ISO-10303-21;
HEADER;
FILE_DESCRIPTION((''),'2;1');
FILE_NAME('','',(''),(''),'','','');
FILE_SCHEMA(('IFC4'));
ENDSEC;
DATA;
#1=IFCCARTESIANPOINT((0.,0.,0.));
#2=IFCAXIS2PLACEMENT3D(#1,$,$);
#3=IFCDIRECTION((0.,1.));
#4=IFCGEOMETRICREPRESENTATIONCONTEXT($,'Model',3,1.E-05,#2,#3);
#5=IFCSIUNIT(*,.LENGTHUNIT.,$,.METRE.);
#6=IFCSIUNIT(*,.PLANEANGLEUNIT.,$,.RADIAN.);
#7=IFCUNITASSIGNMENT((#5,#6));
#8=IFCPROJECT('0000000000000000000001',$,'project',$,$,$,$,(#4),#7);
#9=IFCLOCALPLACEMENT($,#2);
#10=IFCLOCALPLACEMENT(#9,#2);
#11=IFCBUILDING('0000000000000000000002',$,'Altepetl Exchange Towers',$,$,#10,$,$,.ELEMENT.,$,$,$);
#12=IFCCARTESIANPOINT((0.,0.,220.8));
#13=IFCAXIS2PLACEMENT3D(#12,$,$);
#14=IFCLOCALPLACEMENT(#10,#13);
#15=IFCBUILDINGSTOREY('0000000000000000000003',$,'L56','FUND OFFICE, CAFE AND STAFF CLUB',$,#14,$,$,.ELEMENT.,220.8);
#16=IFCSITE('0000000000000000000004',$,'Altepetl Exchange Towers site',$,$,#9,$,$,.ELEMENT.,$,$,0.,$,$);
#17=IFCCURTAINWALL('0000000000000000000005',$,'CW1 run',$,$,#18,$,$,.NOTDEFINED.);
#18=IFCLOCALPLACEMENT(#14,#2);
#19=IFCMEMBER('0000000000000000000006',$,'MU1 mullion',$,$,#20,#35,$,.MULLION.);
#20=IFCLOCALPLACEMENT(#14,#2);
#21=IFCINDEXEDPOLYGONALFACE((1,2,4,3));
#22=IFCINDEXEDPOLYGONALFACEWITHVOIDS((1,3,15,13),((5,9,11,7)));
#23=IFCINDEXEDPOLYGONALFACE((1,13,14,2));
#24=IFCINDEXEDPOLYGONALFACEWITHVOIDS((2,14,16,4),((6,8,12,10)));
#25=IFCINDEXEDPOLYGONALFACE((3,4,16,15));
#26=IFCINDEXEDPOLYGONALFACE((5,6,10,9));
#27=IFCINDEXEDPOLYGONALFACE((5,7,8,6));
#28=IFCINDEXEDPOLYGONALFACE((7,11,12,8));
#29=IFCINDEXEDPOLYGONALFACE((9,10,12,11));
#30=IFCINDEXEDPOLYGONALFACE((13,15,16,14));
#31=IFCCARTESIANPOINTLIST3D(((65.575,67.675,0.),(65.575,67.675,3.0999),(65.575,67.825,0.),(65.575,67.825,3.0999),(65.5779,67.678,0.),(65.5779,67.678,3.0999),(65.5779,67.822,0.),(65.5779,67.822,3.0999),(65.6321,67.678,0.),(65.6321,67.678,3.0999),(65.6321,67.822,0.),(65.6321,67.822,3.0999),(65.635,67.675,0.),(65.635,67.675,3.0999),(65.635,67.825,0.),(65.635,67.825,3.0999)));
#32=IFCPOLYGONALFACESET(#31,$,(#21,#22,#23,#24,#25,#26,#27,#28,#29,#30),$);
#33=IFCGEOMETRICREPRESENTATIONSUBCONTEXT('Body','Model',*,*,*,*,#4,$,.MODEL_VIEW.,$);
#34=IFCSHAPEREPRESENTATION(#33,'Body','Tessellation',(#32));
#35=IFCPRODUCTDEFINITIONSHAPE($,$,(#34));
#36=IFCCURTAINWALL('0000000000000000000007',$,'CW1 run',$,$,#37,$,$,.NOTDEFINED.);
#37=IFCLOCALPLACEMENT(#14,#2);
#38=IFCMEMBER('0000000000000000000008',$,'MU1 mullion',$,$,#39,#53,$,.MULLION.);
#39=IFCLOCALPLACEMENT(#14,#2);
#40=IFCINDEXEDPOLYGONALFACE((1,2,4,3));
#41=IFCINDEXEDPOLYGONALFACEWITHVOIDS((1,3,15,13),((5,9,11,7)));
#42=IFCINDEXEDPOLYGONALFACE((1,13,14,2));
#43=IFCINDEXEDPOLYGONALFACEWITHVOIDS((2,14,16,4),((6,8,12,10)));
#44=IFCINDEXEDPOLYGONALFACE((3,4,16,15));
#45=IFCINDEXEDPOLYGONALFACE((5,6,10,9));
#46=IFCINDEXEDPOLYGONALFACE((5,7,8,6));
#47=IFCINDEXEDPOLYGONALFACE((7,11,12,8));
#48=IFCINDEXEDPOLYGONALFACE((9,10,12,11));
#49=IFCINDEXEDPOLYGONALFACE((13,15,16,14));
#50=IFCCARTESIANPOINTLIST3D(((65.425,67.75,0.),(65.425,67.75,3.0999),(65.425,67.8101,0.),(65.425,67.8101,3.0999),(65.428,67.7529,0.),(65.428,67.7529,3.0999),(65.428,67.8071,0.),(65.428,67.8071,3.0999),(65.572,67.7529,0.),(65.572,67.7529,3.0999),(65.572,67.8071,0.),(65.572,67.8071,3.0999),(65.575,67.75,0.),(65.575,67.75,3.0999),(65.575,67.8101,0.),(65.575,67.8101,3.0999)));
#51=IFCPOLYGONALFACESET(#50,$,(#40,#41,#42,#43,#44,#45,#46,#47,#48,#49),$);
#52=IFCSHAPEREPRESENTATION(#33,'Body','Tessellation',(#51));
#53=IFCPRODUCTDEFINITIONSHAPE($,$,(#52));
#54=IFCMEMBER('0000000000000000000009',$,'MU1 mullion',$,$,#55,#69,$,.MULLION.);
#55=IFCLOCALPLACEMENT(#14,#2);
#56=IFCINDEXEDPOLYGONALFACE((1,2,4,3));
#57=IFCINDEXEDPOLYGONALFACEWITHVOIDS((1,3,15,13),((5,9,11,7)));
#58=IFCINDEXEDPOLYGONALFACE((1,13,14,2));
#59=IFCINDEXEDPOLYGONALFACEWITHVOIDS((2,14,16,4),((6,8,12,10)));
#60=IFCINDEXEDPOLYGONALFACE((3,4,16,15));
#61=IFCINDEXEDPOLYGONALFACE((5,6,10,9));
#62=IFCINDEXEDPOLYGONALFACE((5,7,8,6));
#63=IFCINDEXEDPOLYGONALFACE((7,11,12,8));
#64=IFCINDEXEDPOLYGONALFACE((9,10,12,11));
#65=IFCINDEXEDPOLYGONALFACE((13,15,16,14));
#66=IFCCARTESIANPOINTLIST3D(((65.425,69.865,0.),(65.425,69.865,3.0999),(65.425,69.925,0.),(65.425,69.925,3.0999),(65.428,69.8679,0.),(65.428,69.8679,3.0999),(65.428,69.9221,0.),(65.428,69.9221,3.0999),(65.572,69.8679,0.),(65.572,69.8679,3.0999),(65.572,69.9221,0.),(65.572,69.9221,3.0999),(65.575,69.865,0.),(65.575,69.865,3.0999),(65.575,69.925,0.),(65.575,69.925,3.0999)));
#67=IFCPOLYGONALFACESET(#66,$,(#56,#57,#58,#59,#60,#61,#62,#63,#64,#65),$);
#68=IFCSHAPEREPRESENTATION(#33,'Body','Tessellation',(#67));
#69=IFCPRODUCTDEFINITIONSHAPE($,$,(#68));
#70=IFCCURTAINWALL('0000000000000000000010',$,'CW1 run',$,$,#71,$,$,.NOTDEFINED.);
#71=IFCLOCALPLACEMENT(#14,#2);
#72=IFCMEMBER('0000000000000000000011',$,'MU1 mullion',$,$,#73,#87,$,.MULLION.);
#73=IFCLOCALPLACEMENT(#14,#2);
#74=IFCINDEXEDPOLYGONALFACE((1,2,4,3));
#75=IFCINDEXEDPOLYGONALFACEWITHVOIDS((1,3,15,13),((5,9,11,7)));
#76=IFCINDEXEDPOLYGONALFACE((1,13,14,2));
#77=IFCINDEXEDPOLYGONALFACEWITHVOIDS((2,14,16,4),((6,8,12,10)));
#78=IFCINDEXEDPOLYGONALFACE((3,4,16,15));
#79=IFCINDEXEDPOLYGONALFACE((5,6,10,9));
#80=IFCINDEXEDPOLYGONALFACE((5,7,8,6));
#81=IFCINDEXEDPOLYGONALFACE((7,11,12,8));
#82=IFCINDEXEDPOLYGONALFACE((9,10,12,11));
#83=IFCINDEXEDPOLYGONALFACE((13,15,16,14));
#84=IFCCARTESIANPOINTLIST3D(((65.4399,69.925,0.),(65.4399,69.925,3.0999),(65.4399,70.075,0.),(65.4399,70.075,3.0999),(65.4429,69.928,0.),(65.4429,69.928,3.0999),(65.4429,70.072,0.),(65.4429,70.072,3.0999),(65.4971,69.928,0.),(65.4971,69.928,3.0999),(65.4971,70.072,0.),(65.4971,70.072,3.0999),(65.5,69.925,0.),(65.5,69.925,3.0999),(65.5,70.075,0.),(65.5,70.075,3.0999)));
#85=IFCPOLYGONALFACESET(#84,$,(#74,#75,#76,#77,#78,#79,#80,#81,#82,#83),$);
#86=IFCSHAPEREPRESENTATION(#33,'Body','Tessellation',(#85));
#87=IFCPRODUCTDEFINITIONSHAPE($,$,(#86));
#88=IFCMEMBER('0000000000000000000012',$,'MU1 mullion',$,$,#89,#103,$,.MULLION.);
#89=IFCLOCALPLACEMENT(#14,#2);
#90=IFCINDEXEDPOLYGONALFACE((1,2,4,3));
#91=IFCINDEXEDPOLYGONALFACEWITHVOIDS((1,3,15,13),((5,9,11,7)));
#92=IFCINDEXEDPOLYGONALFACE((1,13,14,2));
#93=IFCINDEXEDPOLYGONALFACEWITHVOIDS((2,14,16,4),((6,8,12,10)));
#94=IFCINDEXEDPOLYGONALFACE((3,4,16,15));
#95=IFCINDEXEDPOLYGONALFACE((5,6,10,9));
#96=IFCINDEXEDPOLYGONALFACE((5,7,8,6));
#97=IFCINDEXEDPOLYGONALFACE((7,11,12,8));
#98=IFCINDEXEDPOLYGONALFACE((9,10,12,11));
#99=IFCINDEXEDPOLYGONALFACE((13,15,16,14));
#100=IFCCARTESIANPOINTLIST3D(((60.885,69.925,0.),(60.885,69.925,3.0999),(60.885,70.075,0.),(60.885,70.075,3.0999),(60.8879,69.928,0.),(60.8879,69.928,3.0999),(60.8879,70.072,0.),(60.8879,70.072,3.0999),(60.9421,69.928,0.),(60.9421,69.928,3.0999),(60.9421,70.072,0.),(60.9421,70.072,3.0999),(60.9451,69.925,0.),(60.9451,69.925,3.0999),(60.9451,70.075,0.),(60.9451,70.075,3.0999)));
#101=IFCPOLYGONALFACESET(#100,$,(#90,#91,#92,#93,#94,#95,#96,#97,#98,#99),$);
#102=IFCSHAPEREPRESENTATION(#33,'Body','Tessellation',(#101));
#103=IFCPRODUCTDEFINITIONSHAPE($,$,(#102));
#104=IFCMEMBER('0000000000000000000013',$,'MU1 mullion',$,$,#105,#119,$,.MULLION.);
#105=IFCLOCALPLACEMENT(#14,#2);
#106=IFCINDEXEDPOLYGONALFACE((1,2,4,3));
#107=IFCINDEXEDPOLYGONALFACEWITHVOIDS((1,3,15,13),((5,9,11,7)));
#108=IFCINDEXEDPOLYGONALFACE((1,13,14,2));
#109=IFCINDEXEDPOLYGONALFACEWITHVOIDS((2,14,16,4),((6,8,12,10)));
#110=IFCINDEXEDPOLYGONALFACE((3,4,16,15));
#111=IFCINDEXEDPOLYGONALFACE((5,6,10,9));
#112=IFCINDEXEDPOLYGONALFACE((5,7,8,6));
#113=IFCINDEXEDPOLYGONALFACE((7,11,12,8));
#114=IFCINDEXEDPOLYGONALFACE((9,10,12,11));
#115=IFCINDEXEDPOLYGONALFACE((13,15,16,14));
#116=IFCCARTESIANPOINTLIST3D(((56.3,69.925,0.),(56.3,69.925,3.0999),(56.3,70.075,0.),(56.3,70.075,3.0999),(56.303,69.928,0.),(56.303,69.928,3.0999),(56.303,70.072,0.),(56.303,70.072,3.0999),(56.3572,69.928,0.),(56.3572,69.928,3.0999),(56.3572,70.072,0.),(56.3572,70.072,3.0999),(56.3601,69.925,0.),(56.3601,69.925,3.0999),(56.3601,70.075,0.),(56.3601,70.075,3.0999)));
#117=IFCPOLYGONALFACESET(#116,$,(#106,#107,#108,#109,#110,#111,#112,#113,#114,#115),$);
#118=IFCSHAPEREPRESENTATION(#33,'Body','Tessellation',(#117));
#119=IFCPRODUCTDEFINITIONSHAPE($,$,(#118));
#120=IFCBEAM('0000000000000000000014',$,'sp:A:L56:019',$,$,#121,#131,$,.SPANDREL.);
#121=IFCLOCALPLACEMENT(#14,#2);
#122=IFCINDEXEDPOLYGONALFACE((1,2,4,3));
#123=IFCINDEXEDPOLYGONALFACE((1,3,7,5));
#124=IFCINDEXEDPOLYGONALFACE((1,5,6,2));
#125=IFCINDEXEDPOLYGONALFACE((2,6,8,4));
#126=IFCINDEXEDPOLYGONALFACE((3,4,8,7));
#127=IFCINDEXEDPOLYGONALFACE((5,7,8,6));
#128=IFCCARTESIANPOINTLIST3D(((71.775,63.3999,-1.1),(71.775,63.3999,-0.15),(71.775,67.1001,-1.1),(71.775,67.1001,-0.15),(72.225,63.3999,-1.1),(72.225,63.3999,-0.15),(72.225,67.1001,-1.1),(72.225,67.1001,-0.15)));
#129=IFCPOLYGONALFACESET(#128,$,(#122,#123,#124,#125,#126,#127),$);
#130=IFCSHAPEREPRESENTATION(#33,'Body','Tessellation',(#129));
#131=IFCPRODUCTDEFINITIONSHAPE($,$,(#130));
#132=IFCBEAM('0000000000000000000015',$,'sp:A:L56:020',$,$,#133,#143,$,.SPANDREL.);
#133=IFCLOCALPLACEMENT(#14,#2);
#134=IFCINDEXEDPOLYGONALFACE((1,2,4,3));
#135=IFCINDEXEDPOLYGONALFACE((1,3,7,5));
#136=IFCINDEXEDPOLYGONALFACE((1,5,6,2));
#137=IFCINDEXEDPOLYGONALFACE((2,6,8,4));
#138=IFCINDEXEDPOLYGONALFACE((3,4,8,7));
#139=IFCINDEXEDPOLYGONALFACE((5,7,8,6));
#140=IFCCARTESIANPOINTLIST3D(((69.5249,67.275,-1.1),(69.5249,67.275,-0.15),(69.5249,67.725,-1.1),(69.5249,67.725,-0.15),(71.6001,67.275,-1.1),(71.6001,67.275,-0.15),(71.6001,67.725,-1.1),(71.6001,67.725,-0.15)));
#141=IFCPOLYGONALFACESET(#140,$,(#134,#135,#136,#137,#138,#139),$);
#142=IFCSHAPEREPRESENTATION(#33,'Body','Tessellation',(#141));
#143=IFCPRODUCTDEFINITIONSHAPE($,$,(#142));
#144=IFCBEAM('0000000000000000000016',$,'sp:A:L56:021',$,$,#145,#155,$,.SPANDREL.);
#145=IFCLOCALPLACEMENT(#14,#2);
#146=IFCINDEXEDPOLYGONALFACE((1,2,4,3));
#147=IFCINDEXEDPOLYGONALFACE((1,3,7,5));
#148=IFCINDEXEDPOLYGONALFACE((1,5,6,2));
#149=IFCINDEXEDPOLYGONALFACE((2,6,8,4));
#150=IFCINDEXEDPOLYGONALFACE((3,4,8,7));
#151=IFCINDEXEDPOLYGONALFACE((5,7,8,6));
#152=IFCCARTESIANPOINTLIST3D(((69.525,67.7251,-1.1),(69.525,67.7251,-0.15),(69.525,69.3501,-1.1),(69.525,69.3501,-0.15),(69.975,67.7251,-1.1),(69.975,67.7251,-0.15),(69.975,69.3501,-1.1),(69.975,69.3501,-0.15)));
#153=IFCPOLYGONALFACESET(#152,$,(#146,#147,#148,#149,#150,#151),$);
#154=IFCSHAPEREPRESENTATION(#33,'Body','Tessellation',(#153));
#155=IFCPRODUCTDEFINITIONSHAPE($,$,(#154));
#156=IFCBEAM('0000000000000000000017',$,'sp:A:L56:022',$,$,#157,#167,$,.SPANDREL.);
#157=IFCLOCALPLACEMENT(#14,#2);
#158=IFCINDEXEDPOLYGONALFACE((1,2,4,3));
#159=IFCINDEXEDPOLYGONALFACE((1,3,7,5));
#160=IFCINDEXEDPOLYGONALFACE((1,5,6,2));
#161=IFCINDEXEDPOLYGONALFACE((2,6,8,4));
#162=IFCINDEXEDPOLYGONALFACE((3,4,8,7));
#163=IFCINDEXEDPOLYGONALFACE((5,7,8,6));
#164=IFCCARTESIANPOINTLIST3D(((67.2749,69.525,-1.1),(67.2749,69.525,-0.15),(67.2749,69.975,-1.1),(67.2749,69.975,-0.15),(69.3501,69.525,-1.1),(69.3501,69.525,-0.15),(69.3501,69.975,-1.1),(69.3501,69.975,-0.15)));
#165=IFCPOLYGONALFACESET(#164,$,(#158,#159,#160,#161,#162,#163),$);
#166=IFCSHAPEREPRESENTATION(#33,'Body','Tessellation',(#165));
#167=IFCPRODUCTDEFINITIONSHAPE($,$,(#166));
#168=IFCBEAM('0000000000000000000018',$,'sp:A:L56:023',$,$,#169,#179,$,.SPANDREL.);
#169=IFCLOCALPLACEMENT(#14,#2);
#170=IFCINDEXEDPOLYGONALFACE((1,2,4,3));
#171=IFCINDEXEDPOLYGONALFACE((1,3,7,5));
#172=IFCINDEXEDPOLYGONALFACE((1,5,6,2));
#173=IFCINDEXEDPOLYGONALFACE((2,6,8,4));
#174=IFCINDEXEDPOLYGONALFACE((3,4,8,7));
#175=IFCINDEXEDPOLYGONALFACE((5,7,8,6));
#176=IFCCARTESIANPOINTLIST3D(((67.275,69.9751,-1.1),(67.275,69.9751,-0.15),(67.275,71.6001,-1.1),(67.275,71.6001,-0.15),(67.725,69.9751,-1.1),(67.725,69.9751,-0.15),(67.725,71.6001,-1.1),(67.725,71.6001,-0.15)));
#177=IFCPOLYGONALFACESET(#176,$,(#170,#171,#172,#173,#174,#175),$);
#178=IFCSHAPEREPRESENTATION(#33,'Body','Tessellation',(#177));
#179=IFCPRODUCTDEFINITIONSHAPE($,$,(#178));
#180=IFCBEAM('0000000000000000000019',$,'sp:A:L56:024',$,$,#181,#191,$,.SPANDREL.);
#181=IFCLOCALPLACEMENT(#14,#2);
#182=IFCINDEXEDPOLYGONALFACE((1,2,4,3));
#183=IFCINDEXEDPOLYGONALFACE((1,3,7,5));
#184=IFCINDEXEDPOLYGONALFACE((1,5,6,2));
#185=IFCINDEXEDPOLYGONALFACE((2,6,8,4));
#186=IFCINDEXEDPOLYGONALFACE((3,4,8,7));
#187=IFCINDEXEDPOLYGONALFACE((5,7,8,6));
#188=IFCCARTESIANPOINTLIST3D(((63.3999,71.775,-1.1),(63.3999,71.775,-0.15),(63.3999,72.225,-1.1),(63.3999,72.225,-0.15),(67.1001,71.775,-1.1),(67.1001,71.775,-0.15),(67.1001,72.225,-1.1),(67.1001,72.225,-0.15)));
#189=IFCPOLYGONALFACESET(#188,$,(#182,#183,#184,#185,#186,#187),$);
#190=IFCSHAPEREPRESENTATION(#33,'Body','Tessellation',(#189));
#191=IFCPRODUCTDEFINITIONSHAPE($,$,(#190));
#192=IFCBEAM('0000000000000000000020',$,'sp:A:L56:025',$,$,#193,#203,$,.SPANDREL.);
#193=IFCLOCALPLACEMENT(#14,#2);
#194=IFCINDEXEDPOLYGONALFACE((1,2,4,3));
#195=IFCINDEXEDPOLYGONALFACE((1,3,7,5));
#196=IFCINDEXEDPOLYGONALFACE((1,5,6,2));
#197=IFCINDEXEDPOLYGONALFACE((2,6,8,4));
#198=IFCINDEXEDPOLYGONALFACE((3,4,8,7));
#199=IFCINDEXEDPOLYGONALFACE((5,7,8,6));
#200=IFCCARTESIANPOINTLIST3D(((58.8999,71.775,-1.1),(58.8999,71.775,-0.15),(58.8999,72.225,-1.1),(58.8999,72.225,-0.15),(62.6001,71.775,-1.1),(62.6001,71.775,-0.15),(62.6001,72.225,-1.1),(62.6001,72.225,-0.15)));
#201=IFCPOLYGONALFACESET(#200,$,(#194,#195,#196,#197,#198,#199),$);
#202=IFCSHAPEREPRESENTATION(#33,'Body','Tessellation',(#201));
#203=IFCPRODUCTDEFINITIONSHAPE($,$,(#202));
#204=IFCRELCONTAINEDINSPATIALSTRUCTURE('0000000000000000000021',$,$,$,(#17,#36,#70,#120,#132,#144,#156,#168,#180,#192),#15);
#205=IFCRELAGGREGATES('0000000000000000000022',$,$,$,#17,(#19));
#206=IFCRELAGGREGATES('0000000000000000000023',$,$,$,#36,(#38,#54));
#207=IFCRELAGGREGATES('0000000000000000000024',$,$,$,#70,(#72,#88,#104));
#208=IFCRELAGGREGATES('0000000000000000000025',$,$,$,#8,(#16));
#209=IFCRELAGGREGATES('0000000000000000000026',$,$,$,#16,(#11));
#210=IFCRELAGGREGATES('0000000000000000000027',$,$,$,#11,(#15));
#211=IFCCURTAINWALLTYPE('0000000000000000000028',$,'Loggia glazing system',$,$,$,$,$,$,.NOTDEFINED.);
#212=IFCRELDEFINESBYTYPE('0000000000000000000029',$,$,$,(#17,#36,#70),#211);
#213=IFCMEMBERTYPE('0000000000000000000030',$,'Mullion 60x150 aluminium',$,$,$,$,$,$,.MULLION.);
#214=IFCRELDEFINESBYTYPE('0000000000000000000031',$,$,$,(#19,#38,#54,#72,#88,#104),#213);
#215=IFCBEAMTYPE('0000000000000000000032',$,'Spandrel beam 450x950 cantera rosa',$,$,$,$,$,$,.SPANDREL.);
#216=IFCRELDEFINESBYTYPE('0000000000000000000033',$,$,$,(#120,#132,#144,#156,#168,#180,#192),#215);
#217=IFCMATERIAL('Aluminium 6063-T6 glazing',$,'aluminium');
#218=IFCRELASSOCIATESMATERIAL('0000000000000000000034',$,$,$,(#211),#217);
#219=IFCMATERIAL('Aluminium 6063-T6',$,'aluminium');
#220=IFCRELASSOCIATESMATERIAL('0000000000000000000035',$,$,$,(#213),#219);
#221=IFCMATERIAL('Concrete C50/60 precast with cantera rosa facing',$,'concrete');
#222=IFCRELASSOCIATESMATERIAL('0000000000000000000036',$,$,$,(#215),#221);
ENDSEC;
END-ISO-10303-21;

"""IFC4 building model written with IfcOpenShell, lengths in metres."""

from ifc_helpers import new_model, si_unit, direction, frame, origin, origin_2d, place, context, subcontext, project, spatial, rectangle, hollow_rectangle, extrude, material, material_profile, profile_set, type_object, element, aggregate, save


model = new_model("IFC4")

# Units and contexts
model_context = context("Model", 3, precision=1e-05, world=origin(), true_north=direction((0.0, 1.0)))
body_context = subcontext(model_context, "Body", "Model", "MODEL_VIEW")
ifc_project = project(units=[si_unit("LENGTHUNIT", "METRE"), si_unit("PLANEANGLEUNIT", "RADIAN")], contexts=[model_context])

# Site, building, storey
site_placement = place(None, origin())
site = spatial("IfcSite", under=ifc_project, at=site_placement, Name="Altepetl Exchange Towers site", CompositionType="ELEMENT", RefElevation=0.0)
building_placement = place(site_placement, origin())
building = spatial("IfcBuilding", under=site, at=building_placement, Name="Altepetl Exchange Towers", CompositionType="ELEMENT")
storey_placement = place(building_placement, frame((0.0, 0.0, 220.8)))
storey = spatial("IfcBuildingStorey", under=building, at=storey_placement, Name="L56", Description="FUND OFFICE, CAFE AND STAFF CLUB", CompositionType="ELEMENT", Elevation=220.8)

# Curtain walls, members
ifc_material_1 = material(Name="Aluminium 6063-T6 glazing", Category="aluminium")
curtain_wall_type = type_object("IfcCurtainWallType", Name="Loggia glazing system", PredefinedType="NOTDEFINED", material=ifc_material_1)
ifc_material_2 = material(Name="Aluminium 6063-T6", Category="aluminium")
ifc_material_profile_1 = material_profile(ifc_material_2, hollow_rectangle(XDim=0.0601, YDim=0.1499, WallThickness=0.0029, at=origin_2d()), Name="Mullion 60x150 aluminium")
ifc_profile_set_1 = profile_set([ifc_material_profile_1], Name="Aluminium 6063-T6")
member_type = type_object("IfcMemberType", Name="Mullion 60x150 aluminium", PredefinedType="MULLION", material=ifc_profile_set_1)
curtain_wall_1_placement = place(storey_placement, origin())
curtain_wall_1 = element("IfcCurtainWall", 1, at=curtain_wall_1_placement, inside=storey, type_object=curtain_wall_type, Name="CW1 run", PredefinedType="NOTDEFINED")
member_1_placement = place(storey_placement, frame((65.605, 67.75, 0.0), z_axis=(0.0, 0.0, 1.0), x_axis=(-1.0, 0.0, 0.0)))
member_1 = element("IfcMember", 2, at=member_1_placement, type_object=member_type, Name="MU1 mullion", PredefinedType="MULLION", context=body_context, shape_type="SweptSolid", body=[
    extrude(hollow_rectangle(XDim=0.0601, YDim=0.1499, WallThickness=0.0029, at=origin_2d()), origin(), (0.0, 0.0, 1.0), 3.0999),
])
curtain_wall_2_placement = place(storey_placement, origin())
curtain_wall_2 = element("IfcCurtainWall", 3, at=curtain_wall_2_placement, inside=storey, type_object=curtain_wall_type, Name="CW1 run", PredefinedType="NOTDEFINED")
member_2_placement = place(storey_placement, frame((65.5, 67.78, 0.0), z_axis=(0.0, 0.0, 1.0), x_axis=(0.0, 1.0, 0.0)))
member_2 = element("IfcMember", 4, at=member_2_placement, type_object=member_type, Name="MU1 mullion", PredefinedType="MULLION", context=body_context, shape_type="SweptSolid", body=[
    extrude(hollow_rectangle(XDim=0.0601, YDim=0.1499, WallThickness=0.0029, at=origin_2d()), origin(), (0.0, 0.0, 1.0), 3.0999),
])
member_3_placement = place(storey_placement, frame((65.5, 69.895, 0.0), z_axis=(0.0, 0.0, 1.0), x_axis=(0.0, 1.0, 0.0)))
member_3 = element("IfcMember", 5, at=member_3_placement, type_object=member_type, Name="MU1 mullion", PredefinedType="MULLION", context=body_context, shape_type="SweptSolid", body=[
    extrude(hollow_rectangle(XDim=0.0601, YDim=0.1499, WallThickness=0.0029, at=origin_2d()), origin(), (0.0, 0.0, 1.0), 3.0999),
])
curtain_wall_3_placement = place(storey_placement, origin())
curtain_wall_3 = element("IfcCurtainWall", 6, at=curtain_wall_3_placement, inside=storey, type_object=curtain_wall_type, Name="CW1 run", PredefinedType="NOTDEFINED")
member_4_placement = place(storey_placement, frame((65.47, 70.0, 0.0), z_axis=(0.0, 0.0, 1.0), x_axis=(-1.0, 0.0, 0.0)))
member_4 = element("IfcMember", 7, at=member_4_placement, type_object=member_type, Name="MU1 mullion", PredefinedType="MULLION", context=body_context, shape_type="SweptSolid", body=[
    extrude(hollow_rectangle(XDim=0.0601, YDim=0.1499, WallThickness=0.0029, at=origin_2d()), origin(), (0.0, 0.0, 1.0), 3.0999),
])
member_5_placement = place(storey_placement, frame((60.915, 70.0, 0.0), z_axis=(0.0, 0.0, 1.0), x_axis=(-1.0, 0.0, 0.0)))
member_5 = element("IfcMember", 8, at=member_5_placement, type_object=member_type, Name="MU1 mullion", PredefinedType="MULLION", context=body_context, shape_type="SweptSolid", body=[
    extrude(hollow_rectangle(XDim=0.0601, YDim=0.1499, WallThickness=0.0029, at=origin_2d()), origin(), (0.0, 0.0, 1.0), 3.0999),
])
member_6_placement = place(storey_placement, frame((56.3301, 70.0, 0.0), z_axis=(0.0, 0.0, 1.0), x_axis=(-1.0, 0.0, 0.0)))
member_6 = element("IfcMember", 9, at=member_6_placement, type_object=member_type, Name="MU1 mullion", PredefinedType="MULLION", context=body_context, shape_type="SweptSolid", body=[
    extrude(hollow_rectangle(XDim=0.0601, YDim=0.1499, WallThickness=0.0029, at=origin_2d()), origin(), (0.0, 0.0, 1.0), 3.0999),
])

# Beams
ifc_material_3 = material(Name="Concrete C50/60 precast with cantera rosa facing", Category="concrete")
ifc_material_profile_2 = material_profile(ifc_material_3, rectangle(XDim=0.45, YDim=0.95, at=origin_2d()), Name="450 x 950")
ifc_profile_set_2 = profile_set([ifc_material_profile_2], Name="Concrete C50/60 precast with cantera rosa facing")
beam_type = type_object("IfcBeamType", Name="Spandrel beam 450x950 cantera rosa", PredefinedType="SPANDREL", material=ifc_profile_set_2)
beam_1_placement = place(storey_placement, frame((72.0, 63.3999, -0.625), z_axis=(0.0, 1.0, 0.0), x_axis=(-1.0, 0.0, 0.0)))
element("IfcBeam", 10, at=beam_1_placement, inside=storey, type_object=beam_type, Name="sp:A:L56:019", PredefinedType="SPANDREL", context=body_context, shape_type="SweptSolid", body=[
    extrude(rectangle(XDim=0.45, YDim=0.95, at=origin_2d()), origin(), (0.0, 0.0, 1.0), 3.7002),
])
beam_2_placement = place(storey_placement, frame((71.6001, 67.5, -0.625), z_axis=(-1.0, 0.0, 0.0), x_axis=(0.0, -1.0, 0.0)))
element("IfcBeam", 11, at=beam_2_placement, inside=storey, type_object=beam_type, Name="sp:A:L56:020", PredefinedType="SPANDREL", context=body_context, shape_type="SweptSolid", body=[
    extrude(rectangle(XDim=0.45, YDim=0.95, at=origin_2d()), origin(), (0.0, 0.0, 1.0), 2.0752),
])
beam_3_placement = place(storey_placement, frame((69.75, 67.7251, -0.625), z_axis=(0.0, 1.0, 0.0), x_axis=(-1.0, 0.0, 0.0)))
element("IfcBeam", 12, at=beam_3_placement, inside=storey, type_object=beam_type, Name="sp:A:L56:021", PredefinedType="SPANDREL", context=body_context, shape_type="SweptSolid", body=[
    extrude(rectangle(XDim=0.45, YDim=0.95, at=origin_2d()), origin(), (0.0, 0.0, 1.0), 1.625),
])
beam_4_placement = place(storey_placement, frame((69.3501, 69.75, -0.625), z_axis=(-1.0, 0.0, 0.0), x_axis=(0.0, -1.0, 0.0)))
element("IfcBeam", 13, at=beam_4_placement, inside=storey, type_object=beam_type, Name="sp:A:L56:022", PredefinedType="SPANDREL", context=body_context, shape_type="SweptSolid", body=[
    extrude(rectangle(XDim=0.45, YDim=0.95, at=origin_2d()), origin(), (0.0, 0.0, 1.0), 2.0752),
])
beam_5_placement = place(storey_placement, frame((67.5, 69.9751, -0.625), z_axis=(0.0, 1.0, 0.0), x_axis=(-1.0, 0.0, 0.0)))
element("IfcBeam", 14, at=beam_5_placement, inside=storey, type_object=beam_type, Name="sp:A:L56:023", PredefinedType="SPANDREL", context=body_context, shape_type="SweptSolid", body=[
    extrude(rectangle(XDim=0.45, YDim=0.95, at=origin_2d()), origin(), (0.0, 0.0, 1.0), 1.625),
])
for number, where, z_axis, x_axis, name in (
    (15, (67.1001, 72.0, -0.625), (-1.0, 0.0, 0.0), (0.0, -1.0, 0.0), "sp:A:L56:024"),
    (16, (62.6001, 72.0, -0.625), (-1.0, 0.0, 0.0), (0.0, -1.0, 0.0), "sp:A:L56:025"),
):
    element("IfcBeam", number, at=place(storey_placement, frame(where, z_axis=z_axis, x_axis=x_axis)), inside=storey, type_object=beam_type, Name=name, PredefinedType="SPANDREL", context=body_context, shape_type="SweptSolid", body=[
        extrude(rectangle(XDim=0.45, YDim=0.95, at=origin_2d()), origin(), (0.0, 0.0, 1.0), 3.7002),
    ])

aggregate(curtain_wall_1, [member_1])
aggregate(curtain_wall_2, [member_2, member_3])
aggregate(curtain_wall_3, [member_4, member_5, member_6])

save(model, "model.ifc")
